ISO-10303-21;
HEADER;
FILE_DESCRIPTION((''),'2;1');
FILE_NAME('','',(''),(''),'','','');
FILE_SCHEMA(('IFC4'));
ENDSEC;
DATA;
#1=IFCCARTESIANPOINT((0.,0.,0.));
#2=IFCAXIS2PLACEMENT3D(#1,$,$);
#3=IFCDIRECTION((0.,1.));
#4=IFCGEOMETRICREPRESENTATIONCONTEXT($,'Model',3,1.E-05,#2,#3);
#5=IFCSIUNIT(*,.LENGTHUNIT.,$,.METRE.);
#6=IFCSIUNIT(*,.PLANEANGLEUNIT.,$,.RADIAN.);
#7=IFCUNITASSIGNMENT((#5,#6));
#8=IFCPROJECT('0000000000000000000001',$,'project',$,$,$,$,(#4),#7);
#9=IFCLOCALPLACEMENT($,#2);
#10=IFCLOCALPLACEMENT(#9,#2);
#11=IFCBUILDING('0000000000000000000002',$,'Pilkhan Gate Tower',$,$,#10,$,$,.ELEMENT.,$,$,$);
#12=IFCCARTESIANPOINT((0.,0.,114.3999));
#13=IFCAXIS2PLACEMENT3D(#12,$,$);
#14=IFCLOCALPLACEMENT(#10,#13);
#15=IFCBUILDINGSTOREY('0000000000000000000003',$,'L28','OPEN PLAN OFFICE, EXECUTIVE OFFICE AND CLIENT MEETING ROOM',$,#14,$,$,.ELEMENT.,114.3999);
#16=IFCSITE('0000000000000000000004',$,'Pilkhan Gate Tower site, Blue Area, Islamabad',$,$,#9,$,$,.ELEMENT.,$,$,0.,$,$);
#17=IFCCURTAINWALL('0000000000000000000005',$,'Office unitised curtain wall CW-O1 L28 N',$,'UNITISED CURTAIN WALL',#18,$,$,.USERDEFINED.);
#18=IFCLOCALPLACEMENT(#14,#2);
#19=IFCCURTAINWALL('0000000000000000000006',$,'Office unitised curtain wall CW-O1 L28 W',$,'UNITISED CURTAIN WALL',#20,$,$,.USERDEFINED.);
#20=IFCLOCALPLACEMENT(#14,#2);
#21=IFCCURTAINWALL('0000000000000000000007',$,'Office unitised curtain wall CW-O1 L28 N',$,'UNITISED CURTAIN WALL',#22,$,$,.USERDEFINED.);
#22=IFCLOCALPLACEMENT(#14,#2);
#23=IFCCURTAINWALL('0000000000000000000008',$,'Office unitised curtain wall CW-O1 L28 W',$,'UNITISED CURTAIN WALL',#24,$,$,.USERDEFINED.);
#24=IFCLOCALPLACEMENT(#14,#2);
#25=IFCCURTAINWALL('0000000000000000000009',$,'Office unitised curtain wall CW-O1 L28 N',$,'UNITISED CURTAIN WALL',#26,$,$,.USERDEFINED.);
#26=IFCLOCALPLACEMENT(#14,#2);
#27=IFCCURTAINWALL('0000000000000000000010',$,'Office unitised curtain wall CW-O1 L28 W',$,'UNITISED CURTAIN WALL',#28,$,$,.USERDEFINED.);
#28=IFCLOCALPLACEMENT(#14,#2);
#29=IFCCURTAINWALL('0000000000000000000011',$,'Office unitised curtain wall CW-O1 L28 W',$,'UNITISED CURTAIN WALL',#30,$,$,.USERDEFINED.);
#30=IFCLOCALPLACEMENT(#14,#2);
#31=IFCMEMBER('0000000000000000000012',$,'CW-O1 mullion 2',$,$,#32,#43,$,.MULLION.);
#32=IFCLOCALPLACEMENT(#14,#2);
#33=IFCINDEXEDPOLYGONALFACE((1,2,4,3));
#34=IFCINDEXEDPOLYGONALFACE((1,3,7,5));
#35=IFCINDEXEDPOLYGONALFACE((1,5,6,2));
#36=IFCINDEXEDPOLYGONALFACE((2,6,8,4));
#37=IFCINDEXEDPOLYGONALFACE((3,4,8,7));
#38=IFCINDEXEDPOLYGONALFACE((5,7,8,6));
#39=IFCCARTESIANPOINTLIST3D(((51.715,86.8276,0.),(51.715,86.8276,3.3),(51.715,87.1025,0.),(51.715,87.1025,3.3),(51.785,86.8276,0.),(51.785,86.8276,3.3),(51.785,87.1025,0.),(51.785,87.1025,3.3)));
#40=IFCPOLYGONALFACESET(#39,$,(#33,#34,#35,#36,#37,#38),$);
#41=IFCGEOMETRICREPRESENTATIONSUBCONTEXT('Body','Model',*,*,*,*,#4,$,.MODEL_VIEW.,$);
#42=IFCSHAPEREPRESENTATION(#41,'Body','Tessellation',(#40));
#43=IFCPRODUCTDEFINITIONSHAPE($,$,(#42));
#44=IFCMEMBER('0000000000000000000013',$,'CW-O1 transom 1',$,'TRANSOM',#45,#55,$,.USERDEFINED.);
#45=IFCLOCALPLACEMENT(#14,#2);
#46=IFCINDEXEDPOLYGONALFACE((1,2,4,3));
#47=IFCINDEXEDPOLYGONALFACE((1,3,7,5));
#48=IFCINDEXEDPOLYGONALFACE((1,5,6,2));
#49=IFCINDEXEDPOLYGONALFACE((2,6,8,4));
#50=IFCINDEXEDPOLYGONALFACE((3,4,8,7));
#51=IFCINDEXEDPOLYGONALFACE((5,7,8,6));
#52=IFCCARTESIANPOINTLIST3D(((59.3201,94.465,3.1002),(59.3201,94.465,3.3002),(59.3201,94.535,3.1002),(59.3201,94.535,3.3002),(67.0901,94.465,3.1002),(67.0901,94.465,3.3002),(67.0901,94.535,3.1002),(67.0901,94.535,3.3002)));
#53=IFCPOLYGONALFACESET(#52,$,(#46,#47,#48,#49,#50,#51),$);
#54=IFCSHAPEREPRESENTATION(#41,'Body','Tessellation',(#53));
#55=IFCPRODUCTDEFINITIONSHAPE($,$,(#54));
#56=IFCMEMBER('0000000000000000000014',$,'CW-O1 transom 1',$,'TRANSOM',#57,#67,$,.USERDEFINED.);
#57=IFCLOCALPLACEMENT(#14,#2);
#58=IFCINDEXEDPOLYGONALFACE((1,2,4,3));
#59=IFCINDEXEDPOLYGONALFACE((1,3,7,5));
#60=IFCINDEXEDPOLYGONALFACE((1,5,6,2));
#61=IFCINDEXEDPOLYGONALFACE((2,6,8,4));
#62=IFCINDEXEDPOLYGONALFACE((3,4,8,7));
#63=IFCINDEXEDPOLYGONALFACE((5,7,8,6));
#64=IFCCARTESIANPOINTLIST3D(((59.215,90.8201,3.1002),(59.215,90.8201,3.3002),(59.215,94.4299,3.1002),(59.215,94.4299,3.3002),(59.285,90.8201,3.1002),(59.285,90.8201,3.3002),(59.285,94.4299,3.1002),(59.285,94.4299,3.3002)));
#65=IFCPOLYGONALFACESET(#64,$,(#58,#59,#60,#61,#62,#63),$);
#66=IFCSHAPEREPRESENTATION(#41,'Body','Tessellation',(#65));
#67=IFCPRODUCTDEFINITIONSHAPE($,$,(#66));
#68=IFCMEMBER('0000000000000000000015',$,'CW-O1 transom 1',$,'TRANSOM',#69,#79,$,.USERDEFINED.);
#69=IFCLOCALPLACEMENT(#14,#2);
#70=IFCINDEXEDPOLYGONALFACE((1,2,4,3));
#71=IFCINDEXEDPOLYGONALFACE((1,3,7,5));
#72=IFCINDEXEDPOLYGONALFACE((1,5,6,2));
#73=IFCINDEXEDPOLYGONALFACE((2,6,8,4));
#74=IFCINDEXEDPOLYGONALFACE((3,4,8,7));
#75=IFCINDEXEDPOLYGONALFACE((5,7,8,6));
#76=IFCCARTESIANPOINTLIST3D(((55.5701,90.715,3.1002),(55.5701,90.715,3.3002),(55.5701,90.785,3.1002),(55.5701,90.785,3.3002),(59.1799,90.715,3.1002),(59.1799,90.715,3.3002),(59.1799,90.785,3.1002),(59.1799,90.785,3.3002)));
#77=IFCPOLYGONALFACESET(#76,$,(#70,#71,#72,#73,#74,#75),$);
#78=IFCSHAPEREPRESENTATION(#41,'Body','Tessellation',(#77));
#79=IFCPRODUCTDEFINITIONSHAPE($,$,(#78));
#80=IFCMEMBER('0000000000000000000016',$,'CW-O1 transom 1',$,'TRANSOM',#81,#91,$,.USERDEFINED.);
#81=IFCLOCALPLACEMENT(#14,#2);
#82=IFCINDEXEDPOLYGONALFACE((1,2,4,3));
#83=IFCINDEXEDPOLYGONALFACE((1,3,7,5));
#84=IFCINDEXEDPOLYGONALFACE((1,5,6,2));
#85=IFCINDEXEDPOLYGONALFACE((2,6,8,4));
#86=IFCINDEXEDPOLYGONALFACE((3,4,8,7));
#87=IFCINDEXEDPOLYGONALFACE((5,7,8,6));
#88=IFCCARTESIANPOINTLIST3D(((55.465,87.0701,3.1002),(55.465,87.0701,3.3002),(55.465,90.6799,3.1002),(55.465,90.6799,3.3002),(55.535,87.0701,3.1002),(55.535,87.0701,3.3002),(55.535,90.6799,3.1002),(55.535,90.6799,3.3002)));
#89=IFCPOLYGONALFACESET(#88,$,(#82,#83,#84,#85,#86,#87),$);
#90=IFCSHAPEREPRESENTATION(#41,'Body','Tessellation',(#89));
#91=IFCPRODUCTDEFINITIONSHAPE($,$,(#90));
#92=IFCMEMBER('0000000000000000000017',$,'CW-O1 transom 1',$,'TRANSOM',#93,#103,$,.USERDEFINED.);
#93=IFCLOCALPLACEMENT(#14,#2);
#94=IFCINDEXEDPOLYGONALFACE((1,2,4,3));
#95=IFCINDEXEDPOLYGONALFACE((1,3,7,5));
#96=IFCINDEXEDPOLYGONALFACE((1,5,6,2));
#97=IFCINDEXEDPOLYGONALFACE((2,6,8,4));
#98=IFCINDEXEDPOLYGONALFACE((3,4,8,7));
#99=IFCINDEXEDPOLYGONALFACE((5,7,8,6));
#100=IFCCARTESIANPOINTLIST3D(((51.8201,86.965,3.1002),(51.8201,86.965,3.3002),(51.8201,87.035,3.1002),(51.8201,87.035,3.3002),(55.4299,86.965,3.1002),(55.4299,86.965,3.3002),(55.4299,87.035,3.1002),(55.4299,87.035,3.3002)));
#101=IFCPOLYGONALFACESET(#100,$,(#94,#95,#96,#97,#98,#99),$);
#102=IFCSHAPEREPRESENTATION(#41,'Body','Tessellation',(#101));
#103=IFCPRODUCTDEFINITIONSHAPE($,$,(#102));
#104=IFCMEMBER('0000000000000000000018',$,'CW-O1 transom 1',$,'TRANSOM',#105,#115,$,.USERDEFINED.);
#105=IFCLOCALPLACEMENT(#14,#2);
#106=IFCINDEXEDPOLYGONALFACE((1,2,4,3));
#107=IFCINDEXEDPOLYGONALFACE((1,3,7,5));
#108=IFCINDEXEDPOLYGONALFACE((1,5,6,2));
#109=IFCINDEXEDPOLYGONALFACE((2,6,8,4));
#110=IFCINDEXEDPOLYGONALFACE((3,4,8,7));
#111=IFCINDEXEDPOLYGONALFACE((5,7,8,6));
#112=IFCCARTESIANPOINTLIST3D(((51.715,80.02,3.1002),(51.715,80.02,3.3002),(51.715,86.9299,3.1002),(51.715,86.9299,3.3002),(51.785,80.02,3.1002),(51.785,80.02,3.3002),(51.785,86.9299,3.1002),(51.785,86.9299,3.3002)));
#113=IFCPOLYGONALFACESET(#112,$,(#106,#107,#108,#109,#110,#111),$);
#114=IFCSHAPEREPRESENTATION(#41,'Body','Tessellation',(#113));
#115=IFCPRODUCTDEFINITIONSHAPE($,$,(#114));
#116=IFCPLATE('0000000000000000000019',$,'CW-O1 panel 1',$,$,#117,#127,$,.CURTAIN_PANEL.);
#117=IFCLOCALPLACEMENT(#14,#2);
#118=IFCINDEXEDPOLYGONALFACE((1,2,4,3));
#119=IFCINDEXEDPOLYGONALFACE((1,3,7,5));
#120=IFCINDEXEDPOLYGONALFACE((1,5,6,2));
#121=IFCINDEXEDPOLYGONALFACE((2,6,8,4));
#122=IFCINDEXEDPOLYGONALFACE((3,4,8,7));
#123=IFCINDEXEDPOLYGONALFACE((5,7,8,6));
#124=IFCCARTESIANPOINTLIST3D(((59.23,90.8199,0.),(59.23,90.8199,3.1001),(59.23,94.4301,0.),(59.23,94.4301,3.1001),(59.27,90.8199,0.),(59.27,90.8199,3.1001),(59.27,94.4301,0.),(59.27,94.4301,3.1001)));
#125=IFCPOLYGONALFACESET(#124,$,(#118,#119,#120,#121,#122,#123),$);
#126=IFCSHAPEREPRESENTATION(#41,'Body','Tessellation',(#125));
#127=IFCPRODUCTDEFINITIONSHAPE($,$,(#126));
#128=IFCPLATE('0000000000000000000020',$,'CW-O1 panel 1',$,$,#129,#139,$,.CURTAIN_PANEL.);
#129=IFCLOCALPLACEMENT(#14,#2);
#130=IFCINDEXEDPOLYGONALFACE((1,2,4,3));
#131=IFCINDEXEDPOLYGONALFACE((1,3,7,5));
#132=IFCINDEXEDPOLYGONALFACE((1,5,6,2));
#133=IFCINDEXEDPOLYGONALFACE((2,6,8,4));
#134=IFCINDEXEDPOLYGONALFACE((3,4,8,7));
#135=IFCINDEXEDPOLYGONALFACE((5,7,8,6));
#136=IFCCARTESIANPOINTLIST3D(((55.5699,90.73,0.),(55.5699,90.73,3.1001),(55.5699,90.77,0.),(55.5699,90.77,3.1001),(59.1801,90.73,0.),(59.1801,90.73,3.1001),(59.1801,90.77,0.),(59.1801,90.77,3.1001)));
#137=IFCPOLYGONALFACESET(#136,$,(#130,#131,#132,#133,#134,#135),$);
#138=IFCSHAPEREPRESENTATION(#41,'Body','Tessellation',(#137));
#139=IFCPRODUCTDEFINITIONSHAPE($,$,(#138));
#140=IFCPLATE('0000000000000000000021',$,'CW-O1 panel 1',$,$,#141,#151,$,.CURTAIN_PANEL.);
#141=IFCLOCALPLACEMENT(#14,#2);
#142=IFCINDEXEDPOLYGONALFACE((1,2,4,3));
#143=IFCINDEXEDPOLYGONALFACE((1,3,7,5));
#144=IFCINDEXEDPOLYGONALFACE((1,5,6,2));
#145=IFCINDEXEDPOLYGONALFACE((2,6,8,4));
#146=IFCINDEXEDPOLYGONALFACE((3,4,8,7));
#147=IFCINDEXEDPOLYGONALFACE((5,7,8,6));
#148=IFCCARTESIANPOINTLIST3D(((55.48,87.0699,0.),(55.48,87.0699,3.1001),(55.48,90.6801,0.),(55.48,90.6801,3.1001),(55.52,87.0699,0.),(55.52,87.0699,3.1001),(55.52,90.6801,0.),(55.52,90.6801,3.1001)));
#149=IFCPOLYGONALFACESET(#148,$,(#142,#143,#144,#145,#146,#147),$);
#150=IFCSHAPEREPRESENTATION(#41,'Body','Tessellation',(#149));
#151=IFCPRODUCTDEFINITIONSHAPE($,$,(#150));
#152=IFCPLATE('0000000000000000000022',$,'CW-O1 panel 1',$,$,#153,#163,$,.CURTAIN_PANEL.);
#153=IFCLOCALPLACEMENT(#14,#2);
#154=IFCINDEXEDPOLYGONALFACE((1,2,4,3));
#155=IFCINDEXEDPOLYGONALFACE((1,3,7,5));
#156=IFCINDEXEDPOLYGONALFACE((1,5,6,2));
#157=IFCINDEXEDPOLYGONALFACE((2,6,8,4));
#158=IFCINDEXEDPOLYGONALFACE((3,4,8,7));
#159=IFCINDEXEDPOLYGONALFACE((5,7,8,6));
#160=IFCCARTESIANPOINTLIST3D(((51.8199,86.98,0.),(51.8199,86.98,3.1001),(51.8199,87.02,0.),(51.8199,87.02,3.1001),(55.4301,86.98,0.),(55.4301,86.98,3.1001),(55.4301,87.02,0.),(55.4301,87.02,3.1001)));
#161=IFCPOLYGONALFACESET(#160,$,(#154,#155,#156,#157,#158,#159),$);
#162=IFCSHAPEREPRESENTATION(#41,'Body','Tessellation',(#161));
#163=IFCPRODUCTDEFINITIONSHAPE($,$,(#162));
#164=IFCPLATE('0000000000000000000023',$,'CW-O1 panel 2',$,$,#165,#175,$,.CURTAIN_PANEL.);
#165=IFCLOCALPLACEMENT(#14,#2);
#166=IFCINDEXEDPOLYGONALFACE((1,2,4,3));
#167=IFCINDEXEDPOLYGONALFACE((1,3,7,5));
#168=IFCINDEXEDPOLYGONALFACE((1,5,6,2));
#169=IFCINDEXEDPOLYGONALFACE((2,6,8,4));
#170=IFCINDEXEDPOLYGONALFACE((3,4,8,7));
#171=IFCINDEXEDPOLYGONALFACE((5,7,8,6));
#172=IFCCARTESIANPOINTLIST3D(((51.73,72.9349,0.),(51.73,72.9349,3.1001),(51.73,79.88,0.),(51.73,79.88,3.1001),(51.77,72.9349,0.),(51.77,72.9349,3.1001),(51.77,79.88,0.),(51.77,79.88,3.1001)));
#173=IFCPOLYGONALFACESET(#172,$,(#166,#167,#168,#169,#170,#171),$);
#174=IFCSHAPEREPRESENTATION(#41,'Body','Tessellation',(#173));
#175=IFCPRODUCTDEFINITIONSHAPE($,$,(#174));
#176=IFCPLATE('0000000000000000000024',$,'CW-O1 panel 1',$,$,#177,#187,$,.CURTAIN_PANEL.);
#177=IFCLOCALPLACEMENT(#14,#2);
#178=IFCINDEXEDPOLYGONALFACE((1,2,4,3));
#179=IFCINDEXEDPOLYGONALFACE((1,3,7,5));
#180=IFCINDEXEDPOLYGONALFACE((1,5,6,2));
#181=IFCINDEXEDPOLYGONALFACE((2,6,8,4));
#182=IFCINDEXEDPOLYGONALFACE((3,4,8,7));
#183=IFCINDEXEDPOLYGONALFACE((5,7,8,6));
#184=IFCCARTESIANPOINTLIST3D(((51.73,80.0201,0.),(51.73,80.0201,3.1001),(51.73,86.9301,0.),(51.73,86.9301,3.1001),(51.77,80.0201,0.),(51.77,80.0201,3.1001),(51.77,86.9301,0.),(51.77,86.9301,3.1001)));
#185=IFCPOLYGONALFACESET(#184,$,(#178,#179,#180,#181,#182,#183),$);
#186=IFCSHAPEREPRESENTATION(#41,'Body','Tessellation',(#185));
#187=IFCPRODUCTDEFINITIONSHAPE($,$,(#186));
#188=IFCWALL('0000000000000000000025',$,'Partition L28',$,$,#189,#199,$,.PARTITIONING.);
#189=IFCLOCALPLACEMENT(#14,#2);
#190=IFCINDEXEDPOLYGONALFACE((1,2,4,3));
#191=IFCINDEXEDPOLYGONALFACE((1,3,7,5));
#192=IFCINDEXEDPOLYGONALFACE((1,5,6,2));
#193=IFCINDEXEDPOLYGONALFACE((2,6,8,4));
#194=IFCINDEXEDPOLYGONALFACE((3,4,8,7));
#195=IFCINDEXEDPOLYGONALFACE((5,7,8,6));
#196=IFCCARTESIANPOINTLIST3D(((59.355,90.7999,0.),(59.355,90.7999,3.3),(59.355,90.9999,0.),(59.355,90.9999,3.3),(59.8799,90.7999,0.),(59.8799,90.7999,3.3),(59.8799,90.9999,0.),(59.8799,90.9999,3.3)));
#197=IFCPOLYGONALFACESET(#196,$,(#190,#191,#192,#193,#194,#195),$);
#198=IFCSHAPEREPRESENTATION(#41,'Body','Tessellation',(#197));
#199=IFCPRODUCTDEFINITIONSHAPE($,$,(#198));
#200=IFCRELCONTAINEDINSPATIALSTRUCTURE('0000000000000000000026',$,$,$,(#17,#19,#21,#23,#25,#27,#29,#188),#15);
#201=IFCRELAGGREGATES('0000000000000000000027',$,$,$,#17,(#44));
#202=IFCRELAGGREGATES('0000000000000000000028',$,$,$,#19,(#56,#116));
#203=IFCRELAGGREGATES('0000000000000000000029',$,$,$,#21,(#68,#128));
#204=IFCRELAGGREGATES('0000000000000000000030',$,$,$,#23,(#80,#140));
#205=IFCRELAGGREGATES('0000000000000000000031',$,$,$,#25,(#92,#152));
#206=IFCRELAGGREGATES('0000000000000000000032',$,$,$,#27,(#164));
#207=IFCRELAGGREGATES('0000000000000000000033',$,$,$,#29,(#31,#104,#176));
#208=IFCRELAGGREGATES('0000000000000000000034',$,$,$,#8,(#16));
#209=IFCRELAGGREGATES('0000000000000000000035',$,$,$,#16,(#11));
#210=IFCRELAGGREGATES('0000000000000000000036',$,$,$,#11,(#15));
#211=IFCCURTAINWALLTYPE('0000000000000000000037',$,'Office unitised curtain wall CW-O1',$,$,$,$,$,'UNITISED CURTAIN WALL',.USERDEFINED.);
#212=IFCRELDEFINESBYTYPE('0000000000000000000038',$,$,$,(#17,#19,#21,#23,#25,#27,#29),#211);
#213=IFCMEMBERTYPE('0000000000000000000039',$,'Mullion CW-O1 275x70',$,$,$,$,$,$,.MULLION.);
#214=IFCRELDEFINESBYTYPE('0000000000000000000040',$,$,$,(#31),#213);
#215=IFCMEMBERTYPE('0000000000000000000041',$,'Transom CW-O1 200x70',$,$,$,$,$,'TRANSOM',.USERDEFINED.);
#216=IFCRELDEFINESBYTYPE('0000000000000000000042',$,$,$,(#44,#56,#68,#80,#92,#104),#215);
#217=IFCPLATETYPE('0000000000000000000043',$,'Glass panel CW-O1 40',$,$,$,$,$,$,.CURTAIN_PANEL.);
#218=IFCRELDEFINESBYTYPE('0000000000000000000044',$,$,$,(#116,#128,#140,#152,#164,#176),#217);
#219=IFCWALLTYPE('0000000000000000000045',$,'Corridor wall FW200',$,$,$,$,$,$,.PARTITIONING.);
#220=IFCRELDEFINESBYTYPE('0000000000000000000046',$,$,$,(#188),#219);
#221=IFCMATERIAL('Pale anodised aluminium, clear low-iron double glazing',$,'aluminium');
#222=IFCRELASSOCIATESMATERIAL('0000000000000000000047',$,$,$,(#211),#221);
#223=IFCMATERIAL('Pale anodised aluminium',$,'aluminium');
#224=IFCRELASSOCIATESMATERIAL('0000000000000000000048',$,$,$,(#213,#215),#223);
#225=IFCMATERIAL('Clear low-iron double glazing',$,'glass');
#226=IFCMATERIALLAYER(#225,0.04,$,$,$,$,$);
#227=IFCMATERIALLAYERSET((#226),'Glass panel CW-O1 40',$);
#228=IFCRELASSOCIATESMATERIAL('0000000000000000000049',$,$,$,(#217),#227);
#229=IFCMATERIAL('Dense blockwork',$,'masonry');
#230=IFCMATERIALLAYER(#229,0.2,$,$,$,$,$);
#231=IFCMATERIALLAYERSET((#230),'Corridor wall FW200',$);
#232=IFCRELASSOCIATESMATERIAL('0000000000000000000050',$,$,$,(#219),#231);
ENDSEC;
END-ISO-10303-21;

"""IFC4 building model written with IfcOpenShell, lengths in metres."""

from ifc_helpers import new_model, si_unit, direction, frame, frame_2d, origin, origin_2d, place, context, subcontext, project, spatial, rectangle, extrude, material, layer, layer_set, material_profile, profile_set, type_object, element, aggregate, save


model = new_model("IFC4")

# Units and contexts
model_context = context("Model", 3, precision=1e-05, world=origin(), true_north=direction((0.0, 1.0)))
body_context = subcontext(model_context, "Body", "Model", "MODEL_VIEW")
ifc_project = project(units=[si_unit("LENGTHUNIT", "METRE"), si_unit("PLANEANGLEUNIT", "RADIAN")], contexts=[model_context])

# Site, building, storey
site_placement = place(None, origin())
site = spatial("IfcSite", under=ifc_project, at=site_placement, Name="Pilkhan Gate Tower site, Blue Area, Islamabad", CompositionType="ELEMENT", RefElevation=0.0)
building_placement = place(site_placement, origin())
building = spatial("IfcBuilding", under=site, at=building_placement, Name="Pilkhan Gate Tower", CompositionType="ELEMENT")
storey_placement = place(building_placement, frame((0.0, 0.0, 114.3999)))
storey = spatial("IfcBuildingStorey", under=building, at=storey_placement, Name="L28", Description="OPEN PLAN OFFICE, EXECUTIVE OFFICE AND CLIENT MEETING ROOM", CompositionType="ELEMENT", Elevation=114.3999)

# Curtain wall
ifc_material_1 = material(Name="Pale anodised aluminium, clear low-iron double glazing", Category="aluminium")
curtain_wall_type = type_object("IfcCurtainWallType", Name="Office unitised curtain wall CW-O1", ElementType="UNITISED CURTAIN WALL", PredefinedType="USERDEFINED", material=ifc_material_1)
curtain_wall_1_placement = place(storey_placement, origin())
curtain_wall_1 = element("IfcCurtainWall", 1, at=curtain_wall_1_placement, inside=storey, type_object=curtain_wall_type, Name="Office unitised curtain wall CW-O1 L28 N", ObjectType="UNITISED CURTAIN WALL", PredefinedType="USERDEFINED")
ifc_material_2 = material(Name="Pale anodised aluminium", Category="aluminium")
ifc_material_profile_1 = material_profile(ifc_material_2, rectangle(XDim=0.0701, YDim=0.2749, at=origin_2d()), Name="Mullion 275x70")
ifc_profile_set_1 = profile_set([ifc_material_profile_1], Name="Pale anodised aluminium")
member_type_1 = type_object("IfcMemberType", Name="Mullion CW-O1 275x70", PredefinedType="MULLION", material=ifc_profile_set_1)

# Curtain walls
curtain_wall_2_placement = place(storey_placement, origin())
curtain_wall_2 = element("IfcCurtainWall", 2, at=curtain_wall_2_placement, inside=storey, type_object=curtain_wall_type, Name="Office unitised curtain wall CW-O1 L28 W", ObjectType="UNITISED CURTAIN WALL", PredefinedType="USERDEFINED")
curtain_wall_3_placement = place(storey_placement, origin())
curtain_wall_3 = element("IfcCurtainWall", 3, at=curtain_wall_3_placement, inside=storey, type_object=curtain_wall_type, Name="Office unitised curtain wall CW-O1 L28 N", ObjectType="UNITISED CURTAIN WALL", PredefinedType="USERDEFINED")
curtain_wall_4_placement = place(storey_placement, origin())
curtain_wall_4 = element("IfcCurtainWall", 4, at=curtain_wall_4_placement, inside=storey, type_object=curtain_wall_type, Name="Office unitised curtain wall CW-O1 L28 W", ObjectType="UNITISED CURTAIN WALL", PredefinedType="USERDEFINED")
curtain_wall_5_placement = place(storey_placement, origin())
curtain_wall_5 = element("IfcCurtainWall", 5, at=curtain_wall_5_placement, inside=storey, type_object=curtain_wall_type, Name="Office unitised curtain wall CW-O1 L28 N", ObjectType="UNITISED CURTAIN WALL", PredefinedType="USERDEFINED")

# Curtain wall
curtain_wall_6_placement = place(storey_placement, origin())
curtain_wall_6 = element("IfcCurtainWall", 6, at=curtain_wall_6_placement, inside=storey, type_object=curtain_wall_type, Name="Office unitised curtain wall CW-O1 L28 W", ObjectType="UNITISED CURTAIN WALL", PredefinedType="USERDEFINED")

# Curtain wall, member
curtain_wall_7_placement = place(storey_placement, origin())
curtain_wall_7 = element("IfcCurtainWall", 7, at=curtain_wall_7_placement, inside=storey, type_object=curtain_wall_type, Name="Office unitised curtain wall CW-O1 L28 W", ObjectType="UNITISED CURTAIN WALL", PredefinedType="USERDEFINED")
member_1_placement = place(storey_placement, frame((51.75, 86.9651, 0.0), z_axis=(0.0, 0.0, 1.0), x_axis=(-1.0, 0.0, 0.0)))
member_1 = element("IfcMember", 8, at=member_1_placement, type_object=member_type_1, Name="CW-O1 mullion 2", PredefinedType="MULLION", context=body_context, shape_type="SweptSolid", body=[
    extrude(rectangle(XDim=0.0701, YDim=0.2749, at=origin_2d()), origin(), (0.0, 0.0, 1.0), 3.3),
])

# Members
ifc_material_profile_2 = material_profile(ifc_material_2, rectangle(XDim=0.0701, YDim=0.2, at=origin_2d()), Name="Transom 200x70")
ifc_profile_set_2 = profile_set([ifc_material_profile_2], Name="Pale anodised aluminium")
member_type_2 = type_object("IfcMemberType", Name="Transom CW-O1 200x70", ElementType="TRANSOM", PredefinedType="USERDEFINED", material=ifc_profile_set_2)
member_2_placement = place(storey_placement, frame((59.3201, 94.5, 3.2002), z_axis=(1.0, 0.0, 0.0), x_axis=(0.0, 1.0, 0.0)))
member_2 = element("IfcMember", 9, at=member_2_placement, type_object=member_type_2, Name="CW-O1 transom 1", ObjectType="TRANSOM", PredefinedType="USERDEFINED", context=body_context, shape_type="SweptSolid", body=[
    extrude(rectangle(XDim=0.0701, YDim=0.2, at=origin_2d()), origin(), (0.0, 0.0, 1.0), 7.77),
])
aggregate(curtain_wall_1, [member_2])
member_3_placement = place(storey_placement, frame((59.25, 90.8201, 3.2002), z_axis=(0.0, 1.0, 0.0), x_axis=(-1.0, 0.0, 0.0)))
member_3 = element("IfcMember", 10, at=member_3_placement, type_object=member_type_2, Name="CW-O1 transom 1", ObjectType="TRANSOM", PredefinedType="USERDEFINED", context=body_context, shape_type="SweptSolid", body=[
    extrude(rectangle(XDim=0.0701, YDim=0.2, at=origin_2d()), origin(), (0.0, 0.0, 1.0), 3.6099),
])
member_4_placement = place(storey_placement, frame((55.5701, 90.75, 3.2002), z_axis=(1.0, 0.0, 0.0), x_axis=(0.0, 1.0, 0.0)))
member_4 = element("IfcMember", 11, at=member_4_placement, type_object=member_type_2, Name="CW-O1 transom 1", ObjectType="TRANSOM", PredefinedType="USERDEFINED", context=body_context, shape_type="SweptSolid", body=[
    extrude(rectangle(XDim=0.0701, YDim=0.2, at=origin_2d()), origin(), (0.0, 0.0, 1.0), 3.6099),
])
member_5_placement = place(storey_placement, frame((55.5, 87.0701, 3.2002), z_axis=(0.0, 1.0, 0.0), x_axis=(-1.0, 0.0, 0.0)))
member_5 = element("IfcMember", 12, at=member_5_placement, type_object=member_type_2, Name="CW-O1 transom 1", ObjectType="TRANSOM", PredefinedType="USERDEFINED", context=body_context, shape_type="SweptSolid", body=[
    extrude(rectangle(XDim=0.0701, YDim=0.2, at=origin_2d()), origin(), (0.0, 0.0, 1.0), 3.6099),
])
member_6_placement = place(storey_placement, frame((51.8201, 87.0, 3.2002), z_axis=(1.0, 0.0, 0.0), x_axis=(0.0, 1.0, 0.0)))
member_6 = element("IfcMember", 13, at=member_6_placement, type_object=member_type_2, Name="CW-O1 transom 1", ObjectType="TRANSOM", PredefinedType="USERDEFINED", context=body_context, shape_type="SweptSolid", body=[
    extrude(rectangle(XDim=0.0701, YDim=0.2, at=origin_2d()), origin(), (0.0, 0.0, 1.0), 3.6099),
])
member_7_placement = place(storey_placement, frame((51.75, 80.02, 3.2002), z_axis=(0.0, 1.0, 0.0), x_axis=(-1.0, 0.0, 0.0)))
member_7 = element("IfcMember", 14, at=member_7_placement, type_object=member_type_2, Name="CW-O1 transom 1", ObjectType="TRANSOM", PredefinedType="USERDEFINED", context=body_context, shape_type="SweptSolid", body=[
    extrude(rectangle(XDim=0.0701, YDim=0.2, at=origin_2d()), origin(), (0.0, 0.0, 1.0), 6.9099),
])

# Plates
ifc_material_3 = material(Name="Clear low-iron double glazing", Category="glass")
ifc_layer_1 = layer(ifc_material_3, 0.04)
ifc_layer_set_1 = layer_set([ifc_layer_1], Name="Glass panel CW-O1 40")
plate_type = type_object("IfcPlateType", Name="Glass panel CW-O1 40", PredefinedType="CURTAIN_PANEL", material=ifc_layer_set_1)
plate_1_placement = place(storey_placement, frame((59.25, 92.625, 0.0), z_axis=(0.0, 0.0, 1.0), x_axis=(0.0, 1.0, 0.0)))
plate_1 = element("IfcPlate", 15, at=plate_1_placement, type_object=plate_type, Name="CW-O1 panel 1", PredefinedType="CURTAIN_PANEL", context=body_context, shape_type="SweptSolid", body=[
    extrude(rectangle(XDim=3.6101, YDim=0.04, at=origin_2d()), origin(), (0.0, 0.0, 1.0), 3.1001),
])
aggregate(curtain_wall_2, [member_3, plate_1])
plate_2_placement = place(storey_placement, frame((57.375, 90.75, 0.0), z_axis=(0.0, 0.0, 1.0), x_axis=(1.0, 0.0, 0.0)))
plate_2 = element("IfcPlate", 16, at=plate_2_placement, type_object=plate_type, Name="CW-O1 panel 1", PredefinedType="CURTAIN_PANEL", context=body_context, shape_type="SweptSolid", body=[
    extrude(rectangle(XDim=3.6101, YDim=0.04, at=origin_2d()), origin(), (0.0, 0.0, 1.0), 3.1001),
])
aggregate(curtain_wall_3, [member_4, plate_2])
plate_3_placement = place(storey_placement, frame((55.5, 88.875, 0.0), z_axis=(0.0, 0.0, 1.0), x_axis=(0.0, 1.0, 0.0)))
plate_3 = element("IfcPlate", 17, at=plate_3_placement, type_object=plate_type, Name="CW-O1 panel 1", PredefinedType="CURTAIN_PANEL", context=body_context, shape_type="SweptSolid", body=[
    extrude(rectangle(XDim=3.6101, YDim=0.04, at=origin_2d()), origin(), (0.0, 0.0, 1.0), 3.1001),
])
aggregate(curtain_wall_4, [member_5, plate_3])
plate_4_placement = place(storey_placement, frame((53.625, 87.0, 0.0), z_axis=(0.0, 0.0, 1.0), x_axis=(1.0, 0.0, 0.0)))
plate_4 = element("IfcPlate", 18, at=plate_4_placement, type_object=plate_type, Name="CW-O1 panel 1", PredefinedType="CURTAIN_PANEL", context=body_context, shape_type="SweptSolid", body=[
    extrude(rectangle(XDim=3.6101, YDim=0.04, at=origin_2d()), origin(), (0.0, 0.0, 1.0), 3.1001),
])
aggregate(curtain_wall_5, [member_6, plate_4])
plate_5_placement = place(storey_placement, frame((51.75, 76.4075, 0.0), z_axis=(0.0, 0.0, 1.0), x_axis=(0.0, 1.0, 0.0)))
plate_5 = element("IfcPlate", 19, at=plate_5_placement, type_object=plate_type, Name="CW-O1 panel 2", PredefinedType="CURTAIN_PANEL", context=body_context, shape_type="SweptSolid", body=[
    extrude(rectangle(XDim=6.9451, YDim=0.04, at=origin_2d()), origin(), (0.0, 0.0, 1.0), 3.1001),
])
aggregate(curtain_wall_6, [plate_5])
plate_6_placement = place(storey_placement, frame((51.75, 83.4751, 0.0), z_axis=(0.0, 0.0, 1.0), x_axis=(0.0, 1.0, 0.0)))
plate_6 = element("IfcPlate", 20, at=plate_6_placement, type_object=plate_type, Name="CW-O1 panel 1", PredefinedType="CURTAIN_PANEL", context=body_context, shape_type="SweptSolid", body=[
    extrude(rectangle(XDim=6.9099, YDim=0.04, at=origin_2d()), origin(), (0.0, 0.0, 1.0), 3.1001),
])
aggregate(curtain_wall_7, [member_1, member_7, plate_6])

# Wall
ifc_material_4 = material(Name="Dense blockwork", Category="masonry")
ifc_layer_2 = layer(ifc_material_4, 0.2)
ifc_layer_set_2 = layer_set([ifc_layer_2], Name="Corridor wall FW200")
wall_type_1 = type_object("IfcWallType", Name="Corridor wall FW200", PredefinedType="PARTITIONING", material=ifc_layer_set_2)
wall_1_placement = place(storey_placement, frame((59.355, 90.8999, 0.0), z_axis=(0.0, 0.0, 1.0), x_axis=(1.0, 0.0, 0.0)))
element("IfcWall", 21, at=wall_1_placement, inside=storey, type_object=wall_type_1, Name="Partition L28", PredefinedType="PARTITIONING", context=body_context, shape_type="SweptSolid", body=[
    extrude(rectangle(XDim=0.5249, YDim=0.2, at=frame_2d((0.2625, 0.0))), origin(), (0.0, 0.0, 1.0), 3.3),
])

save(model, "model.ifc")
